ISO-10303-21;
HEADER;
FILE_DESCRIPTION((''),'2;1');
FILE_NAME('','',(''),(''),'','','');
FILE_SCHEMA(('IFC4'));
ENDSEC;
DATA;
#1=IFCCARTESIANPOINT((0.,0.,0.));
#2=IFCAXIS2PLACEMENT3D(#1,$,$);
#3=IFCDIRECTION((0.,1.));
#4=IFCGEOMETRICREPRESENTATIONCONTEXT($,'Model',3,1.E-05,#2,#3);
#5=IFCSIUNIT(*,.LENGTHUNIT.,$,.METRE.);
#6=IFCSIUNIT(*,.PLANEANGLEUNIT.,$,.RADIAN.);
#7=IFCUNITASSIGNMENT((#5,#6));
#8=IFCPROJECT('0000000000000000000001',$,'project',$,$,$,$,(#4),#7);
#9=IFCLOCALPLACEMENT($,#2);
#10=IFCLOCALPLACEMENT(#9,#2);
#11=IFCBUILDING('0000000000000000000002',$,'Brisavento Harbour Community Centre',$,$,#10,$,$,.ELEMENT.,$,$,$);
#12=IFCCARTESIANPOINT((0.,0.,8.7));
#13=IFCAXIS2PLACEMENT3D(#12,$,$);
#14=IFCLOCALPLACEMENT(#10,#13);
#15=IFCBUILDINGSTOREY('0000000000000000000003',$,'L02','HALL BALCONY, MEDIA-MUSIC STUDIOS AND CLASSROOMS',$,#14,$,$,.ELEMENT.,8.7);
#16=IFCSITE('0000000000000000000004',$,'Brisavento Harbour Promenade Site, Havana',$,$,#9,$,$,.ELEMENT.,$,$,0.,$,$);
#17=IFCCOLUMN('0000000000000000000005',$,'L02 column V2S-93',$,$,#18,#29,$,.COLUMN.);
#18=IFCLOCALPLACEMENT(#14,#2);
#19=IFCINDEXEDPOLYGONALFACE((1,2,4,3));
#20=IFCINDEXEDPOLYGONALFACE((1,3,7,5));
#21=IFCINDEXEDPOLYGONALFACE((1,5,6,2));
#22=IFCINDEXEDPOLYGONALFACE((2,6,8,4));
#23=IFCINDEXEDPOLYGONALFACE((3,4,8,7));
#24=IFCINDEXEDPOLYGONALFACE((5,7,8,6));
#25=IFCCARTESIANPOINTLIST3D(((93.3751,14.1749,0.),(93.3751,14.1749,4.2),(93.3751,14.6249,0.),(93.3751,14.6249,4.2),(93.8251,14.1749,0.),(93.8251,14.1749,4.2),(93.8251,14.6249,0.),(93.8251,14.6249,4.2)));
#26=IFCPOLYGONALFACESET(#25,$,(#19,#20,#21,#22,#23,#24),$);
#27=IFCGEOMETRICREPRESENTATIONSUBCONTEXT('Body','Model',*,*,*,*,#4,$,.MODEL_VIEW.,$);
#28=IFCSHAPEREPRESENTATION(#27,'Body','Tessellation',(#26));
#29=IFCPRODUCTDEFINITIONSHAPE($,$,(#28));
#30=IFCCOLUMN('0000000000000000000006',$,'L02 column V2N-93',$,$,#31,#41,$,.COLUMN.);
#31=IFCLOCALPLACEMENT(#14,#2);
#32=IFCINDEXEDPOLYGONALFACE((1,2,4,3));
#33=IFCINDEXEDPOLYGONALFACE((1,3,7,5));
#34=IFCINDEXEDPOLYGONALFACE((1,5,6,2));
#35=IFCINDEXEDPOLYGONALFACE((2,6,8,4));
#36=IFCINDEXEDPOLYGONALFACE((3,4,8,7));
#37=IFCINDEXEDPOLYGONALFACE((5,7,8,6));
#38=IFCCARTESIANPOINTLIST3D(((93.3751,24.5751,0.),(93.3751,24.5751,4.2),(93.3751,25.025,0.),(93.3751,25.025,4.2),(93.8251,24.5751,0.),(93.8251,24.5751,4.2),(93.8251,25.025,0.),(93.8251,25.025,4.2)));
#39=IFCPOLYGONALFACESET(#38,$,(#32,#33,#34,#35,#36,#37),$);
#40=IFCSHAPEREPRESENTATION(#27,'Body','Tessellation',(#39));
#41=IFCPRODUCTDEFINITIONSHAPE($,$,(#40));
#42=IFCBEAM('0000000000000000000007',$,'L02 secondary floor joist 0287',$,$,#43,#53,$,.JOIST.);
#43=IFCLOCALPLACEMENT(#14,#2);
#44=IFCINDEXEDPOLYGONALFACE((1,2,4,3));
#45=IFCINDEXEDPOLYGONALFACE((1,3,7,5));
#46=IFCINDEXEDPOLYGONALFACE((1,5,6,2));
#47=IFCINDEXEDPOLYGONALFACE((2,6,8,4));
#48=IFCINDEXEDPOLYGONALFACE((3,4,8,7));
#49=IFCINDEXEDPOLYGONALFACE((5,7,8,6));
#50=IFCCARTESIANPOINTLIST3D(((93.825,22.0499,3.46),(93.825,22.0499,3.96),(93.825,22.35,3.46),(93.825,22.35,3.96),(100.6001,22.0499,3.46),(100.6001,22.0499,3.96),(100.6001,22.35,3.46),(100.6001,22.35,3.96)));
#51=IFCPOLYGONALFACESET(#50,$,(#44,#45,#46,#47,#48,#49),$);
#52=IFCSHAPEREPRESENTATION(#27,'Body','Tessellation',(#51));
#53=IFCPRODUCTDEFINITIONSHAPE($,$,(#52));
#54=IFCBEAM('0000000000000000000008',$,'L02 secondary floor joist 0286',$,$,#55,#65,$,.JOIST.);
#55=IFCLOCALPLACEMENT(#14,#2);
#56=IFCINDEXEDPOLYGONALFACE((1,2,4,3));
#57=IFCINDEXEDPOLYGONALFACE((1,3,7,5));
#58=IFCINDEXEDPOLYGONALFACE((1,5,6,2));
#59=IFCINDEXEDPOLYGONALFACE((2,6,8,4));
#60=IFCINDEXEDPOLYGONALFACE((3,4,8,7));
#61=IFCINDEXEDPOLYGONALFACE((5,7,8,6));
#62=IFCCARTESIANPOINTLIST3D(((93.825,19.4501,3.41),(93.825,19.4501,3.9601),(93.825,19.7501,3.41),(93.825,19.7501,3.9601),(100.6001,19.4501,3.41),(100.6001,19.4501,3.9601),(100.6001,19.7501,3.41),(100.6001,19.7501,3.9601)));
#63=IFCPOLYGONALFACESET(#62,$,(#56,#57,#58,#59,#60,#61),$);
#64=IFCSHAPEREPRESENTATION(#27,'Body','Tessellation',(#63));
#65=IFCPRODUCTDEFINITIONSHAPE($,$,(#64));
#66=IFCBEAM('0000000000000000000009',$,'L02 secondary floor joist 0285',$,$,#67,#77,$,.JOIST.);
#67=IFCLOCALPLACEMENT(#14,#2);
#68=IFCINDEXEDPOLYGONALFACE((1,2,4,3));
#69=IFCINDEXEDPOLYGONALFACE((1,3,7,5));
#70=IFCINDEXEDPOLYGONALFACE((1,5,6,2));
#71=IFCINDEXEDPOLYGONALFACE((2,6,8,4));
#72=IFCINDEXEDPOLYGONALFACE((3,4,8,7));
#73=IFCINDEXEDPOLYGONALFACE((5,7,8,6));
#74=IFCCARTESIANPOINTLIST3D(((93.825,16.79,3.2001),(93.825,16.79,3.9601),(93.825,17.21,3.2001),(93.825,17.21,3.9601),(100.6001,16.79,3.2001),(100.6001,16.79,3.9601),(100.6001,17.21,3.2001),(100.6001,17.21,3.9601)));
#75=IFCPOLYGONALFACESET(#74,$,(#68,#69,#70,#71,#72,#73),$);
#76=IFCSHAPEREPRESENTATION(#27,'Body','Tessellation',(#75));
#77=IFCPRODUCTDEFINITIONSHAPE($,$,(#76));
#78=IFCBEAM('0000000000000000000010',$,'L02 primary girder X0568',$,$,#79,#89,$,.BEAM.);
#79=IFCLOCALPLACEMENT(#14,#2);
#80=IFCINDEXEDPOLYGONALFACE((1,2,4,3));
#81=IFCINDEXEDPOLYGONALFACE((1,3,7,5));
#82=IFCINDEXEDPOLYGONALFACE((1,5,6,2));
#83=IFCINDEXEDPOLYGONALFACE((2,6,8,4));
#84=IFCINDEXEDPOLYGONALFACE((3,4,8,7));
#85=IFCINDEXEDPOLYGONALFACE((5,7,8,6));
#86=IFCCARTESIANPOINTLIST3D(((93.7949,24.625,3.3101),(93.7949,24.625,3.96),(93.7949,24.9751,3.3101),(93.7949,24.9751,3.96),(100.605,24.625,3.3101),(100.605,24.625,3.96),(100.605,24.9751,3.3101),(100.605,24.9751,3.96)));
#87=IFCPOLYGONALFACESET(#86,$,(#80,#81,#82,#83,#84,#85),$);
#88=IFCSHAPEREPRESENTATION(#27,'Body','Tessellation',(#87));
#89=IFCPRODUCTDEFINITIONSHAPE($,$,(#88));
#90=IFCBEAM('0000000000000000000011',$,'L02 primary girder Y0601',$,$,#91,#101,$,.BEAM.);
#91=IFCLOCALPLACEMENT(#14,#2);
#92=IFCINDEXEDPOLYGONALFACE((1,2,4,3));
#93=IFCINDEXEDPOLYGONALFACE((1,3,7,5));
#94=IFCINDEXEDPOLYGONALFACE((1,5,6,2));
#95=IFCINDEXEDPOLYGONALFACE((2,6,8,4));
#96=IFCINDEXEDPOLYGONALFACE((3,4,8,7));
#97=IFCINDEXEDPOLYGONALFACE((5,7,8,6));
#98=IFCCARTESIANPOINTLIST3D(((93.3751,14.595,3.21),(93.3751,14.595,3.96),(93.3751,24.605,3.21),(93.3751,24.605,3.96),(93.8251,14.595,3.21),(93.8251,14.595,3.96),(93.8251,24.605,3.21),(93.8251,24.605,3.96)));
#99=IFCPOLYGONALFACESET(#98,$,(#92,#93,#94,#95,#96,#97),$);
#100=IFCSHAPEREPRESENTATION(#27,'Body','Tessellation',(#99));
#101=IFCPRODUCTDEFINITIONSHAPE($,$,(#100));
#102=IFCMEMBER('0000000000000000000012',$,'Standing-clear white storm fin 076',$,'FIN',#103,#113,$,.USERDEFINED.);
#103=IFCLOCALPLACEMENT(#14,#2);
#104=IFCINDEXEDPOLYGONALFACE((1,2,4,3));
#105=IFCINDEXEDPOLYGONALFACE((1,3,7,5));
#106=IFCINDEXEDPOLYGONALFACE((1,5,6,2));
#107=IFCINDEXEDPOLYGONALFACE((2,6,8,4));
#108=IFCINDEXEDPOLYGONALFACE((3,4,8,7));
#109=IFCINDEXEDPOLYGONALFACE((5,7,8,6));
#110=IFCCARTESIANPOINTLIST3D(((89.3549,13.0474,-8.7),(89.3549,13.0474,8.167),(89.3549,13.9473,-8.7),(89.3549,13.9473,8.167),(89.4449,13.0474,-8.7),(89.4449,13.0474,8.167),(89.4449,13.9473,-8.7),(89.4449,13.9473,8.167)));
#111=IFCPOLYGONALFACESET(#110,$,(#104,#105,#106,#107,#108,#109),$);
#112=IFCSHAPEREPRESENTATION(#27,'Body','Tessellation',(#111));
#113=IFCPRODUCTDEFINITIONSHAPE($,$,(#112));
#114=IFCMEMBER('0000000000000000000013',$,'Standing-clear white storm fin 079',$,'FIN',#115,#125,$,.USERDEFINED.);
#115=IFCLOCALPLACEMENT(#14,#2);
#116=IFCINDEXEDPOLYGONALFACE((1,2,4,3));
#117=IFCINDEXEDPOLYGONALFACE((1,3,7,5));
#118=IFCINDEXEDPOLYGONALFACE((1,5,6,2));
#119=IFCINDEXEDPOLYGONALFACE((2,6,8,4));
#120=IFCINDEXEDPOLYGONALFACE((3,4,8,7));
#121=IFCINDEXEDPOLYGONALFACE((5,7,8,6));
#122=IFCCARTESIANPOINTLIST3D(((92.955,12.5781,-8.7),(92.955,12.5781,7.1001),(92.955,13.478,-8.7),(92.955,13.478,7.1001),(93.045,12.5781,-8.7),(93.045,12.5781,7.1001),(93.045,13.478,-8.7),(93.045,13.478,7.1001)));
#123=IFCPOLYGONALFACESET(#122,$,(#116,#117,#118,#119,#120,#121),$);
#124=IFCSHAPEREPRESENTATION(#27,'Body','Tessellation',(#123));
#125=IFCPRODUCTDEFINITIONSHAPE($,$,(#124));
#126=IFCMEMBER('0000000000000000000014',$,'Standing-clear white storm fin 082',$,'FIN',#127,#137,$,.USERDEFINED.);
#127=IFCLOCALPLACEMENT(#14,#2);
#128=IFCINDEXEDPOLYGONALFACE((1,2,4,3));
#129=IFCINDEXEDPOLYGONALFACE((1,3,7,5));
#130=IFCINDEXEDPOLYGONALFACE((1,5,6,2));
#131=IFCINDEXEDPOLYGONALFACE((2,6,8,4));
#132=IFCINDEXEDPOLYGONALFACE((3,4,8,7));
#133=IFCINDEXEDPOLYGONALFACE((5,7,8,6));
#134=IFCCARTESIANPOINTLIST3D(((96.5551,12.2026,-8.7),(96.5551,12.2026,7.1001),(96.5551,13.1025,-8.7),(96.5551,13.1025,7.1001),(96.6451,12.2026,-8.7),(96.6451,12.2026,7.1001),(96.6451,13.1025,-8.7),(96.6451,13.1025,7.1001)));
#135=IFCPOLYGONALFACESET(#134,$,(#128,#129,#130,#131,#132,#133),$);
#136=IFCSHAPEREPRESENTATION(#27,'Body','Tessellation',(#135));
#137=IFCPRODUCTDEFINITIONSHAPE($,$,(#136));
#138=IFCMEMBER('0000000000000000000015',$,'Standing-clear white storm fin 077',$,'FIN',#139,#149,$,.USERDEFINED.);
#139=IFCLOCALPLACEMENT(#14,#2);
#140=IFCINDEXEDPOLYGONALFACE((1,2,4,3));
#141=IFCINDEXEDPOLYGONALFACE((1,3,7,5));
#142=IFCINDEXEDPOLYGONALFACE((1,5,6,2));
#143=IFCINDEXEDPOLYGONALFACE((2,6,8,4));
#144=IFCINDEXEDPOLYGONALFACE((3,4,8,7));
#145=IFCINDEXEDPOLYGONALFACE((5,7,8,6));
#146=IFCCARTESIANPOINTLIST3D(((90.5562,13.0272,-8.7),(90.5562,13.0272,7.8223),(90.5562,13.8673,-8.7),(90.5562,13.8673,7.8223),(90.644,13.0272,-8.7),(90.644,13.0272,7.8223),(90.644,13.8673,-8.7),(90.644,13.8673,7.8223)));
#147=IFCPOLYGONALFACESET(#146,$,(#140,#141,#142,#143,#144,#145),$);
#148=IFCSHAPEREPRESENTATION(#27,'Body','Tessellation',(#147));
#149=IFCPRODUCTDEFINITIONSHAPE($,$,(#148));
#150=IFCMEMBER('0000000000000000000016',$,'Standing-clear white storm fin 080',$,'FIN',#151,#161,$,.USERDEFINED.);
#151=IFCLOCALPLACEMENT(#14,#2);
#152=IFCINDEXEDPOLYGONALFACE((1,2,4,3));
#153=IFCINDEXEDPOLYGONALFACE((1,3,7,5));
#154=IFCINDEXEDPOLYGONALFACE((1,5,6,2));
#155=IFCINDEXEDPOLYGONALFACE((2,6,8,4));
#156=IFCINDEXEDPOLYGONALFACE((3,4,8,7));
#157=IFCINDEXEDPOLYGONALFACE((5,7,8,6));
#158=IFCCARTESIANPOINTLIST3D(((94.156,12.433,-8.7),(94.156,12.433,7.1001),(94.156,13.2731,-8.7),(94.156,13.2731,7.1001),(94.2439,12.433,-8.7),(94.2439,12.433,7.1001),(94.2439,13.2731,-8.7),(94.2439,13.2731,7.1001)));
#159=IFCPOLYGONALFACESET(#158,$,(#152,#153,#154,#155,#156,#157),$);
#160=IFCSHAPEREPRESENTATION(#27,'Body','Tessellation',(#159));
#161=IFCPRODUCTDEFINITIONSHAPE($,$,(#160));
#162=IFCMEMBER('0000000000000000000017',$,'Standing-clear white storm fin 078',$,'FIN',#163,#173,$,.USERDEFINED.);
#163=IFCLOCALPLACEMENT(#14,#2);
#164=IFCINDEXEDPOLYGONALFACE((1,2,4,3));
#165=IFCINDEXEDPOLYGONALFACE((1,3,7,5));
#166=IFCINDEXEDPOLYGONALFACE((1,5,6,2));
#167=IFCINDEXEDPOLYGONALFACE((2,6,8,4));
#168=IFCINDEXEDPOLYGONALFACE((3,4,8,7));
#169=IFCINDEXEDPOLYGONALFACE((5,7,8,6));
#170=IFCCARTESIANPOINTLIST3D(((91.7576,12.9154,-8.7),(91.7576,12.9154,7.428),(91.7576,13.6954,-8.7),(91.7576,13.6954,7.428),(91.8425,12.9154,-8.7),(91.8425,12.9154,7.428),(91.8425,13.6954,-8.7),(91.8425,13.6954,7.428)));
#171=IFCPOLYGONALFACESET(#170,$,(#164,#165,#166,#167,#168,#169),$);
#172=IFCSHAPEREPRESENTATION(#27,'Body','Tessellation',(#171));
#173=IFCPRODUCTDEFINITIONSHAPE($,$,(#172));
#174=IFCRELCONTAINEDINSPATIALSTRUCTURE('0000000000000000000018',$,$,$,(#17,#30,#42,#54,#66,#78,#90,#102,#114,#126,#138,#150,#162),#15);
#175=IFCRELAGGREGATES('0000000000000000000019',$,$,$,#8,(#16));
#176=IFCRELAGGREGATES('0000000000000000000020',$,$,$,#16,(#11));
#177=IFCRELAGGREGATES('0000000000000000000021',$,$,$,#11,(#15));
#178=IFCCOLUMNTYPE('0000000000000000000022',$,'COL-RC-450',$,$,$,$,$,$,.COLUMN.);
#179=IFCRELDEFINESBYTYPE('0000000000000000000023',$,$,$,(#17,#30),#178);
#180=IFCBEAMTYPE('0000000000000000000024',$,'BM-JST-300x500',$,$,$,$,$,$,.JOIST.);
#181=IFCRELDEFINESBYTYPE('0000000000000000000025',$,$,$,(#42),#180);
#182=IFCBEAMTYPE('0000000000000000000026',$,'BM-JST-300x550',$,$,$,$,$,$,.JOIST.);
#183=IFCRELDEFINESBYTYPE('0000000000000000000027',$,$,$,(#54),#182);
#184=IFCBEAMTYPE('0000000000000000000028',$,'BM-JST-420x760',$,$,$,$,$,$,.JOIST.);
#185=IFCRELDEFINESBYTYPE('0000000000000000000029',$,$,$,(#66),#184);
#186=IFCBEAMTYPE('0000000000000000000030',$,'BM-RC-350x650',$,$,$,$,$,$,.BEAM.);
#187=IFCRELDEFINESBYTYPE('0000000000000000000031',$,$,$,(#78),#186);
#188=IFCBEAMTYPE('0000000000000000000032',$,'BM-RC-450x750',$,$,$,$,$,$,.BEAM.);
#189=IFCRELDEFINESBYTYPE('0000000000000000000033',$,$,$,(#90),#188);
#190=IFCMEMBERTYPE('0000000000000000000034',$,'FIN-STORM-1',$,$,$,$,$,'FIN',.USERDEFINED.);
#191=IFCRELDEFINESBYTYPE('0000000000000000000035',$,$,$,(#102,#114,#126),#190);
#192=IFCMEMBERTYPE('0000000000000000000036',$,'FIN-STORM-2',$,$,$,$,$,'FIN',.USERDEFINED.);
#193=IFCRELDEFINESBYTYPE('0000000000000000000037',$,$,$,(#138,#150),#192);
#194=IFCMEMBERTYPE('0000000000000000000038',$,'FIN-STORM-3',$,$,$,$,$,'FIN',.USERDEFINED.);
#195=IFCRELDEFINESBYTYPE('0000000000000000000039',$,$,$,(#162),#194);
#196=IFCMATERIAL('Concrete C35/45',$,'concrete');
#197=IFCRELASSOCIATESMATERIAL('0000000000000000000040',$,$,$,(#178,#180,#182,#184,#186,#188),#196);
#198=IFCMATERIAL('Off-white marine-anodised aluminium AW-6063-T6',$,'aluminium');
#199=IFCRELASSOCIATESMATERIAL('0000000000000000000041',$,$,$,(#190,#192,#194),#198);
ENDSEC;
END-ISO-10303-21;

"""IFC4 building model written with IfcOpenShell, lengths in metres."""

from ifc_helpers import new_model, si_unit, direction, frame, origin, origin_2d, place, context, subcontext, project, spatial, rectangle, extrude, material, material_profile, profile_set, type_object, element, save


model = new_model("IFC4")

# Units and contexts
model_context = context("Model", 3, precision=1e-05, world=origin(), true_north=direction((0.0, 1.0)))
body_context = subcontext(model_context, "Body", "Model", "MODEL_VIEW")
ifc_project = project(units=[si_unit("LENGTHUNIT", "METRE"), si_unit("PLANEANGLEUNIT", "RADIAN")], contexts=[model_context])

# Site, building, storey
site_placement = place(None, origin())
site = spatial("IfcSite", under=ifc_project, at=site_placement, Name="Brisavento Harbour Promenade Site, Havana", CompositionType="ELEMENT", RefElevation=0.0)
building_placement = place(site_placement, origin())
building = spatial("IfcBuilding", under=site, at=building_placement, Name="Brisavento Harbour Community Centre", CompositionType="ELEMENT")
storey_placement = place(building_placement, frame((0.0, 0.0, 8.7)))
storey = spatial("IfcBuildingStorey", under=building, at=storey_placement, Name="L02", Description="HALL BALCONY, MEDIA-MUSIC STUDIOS AND CLASSROOMS", CompositionType="ELEMENT", Elevation=8.7)

# Columns
ifc_material_1 = material(Name="Concrete C35/45", Category="concrete")
ifc_material_profile_1 = material_profile(ifc_material_1, rectangle(XDim=0.45, YDim=0.45, at=origin_2d()), Name="Concrete C35/45")
ifc_profile_set_1 = profile_set([ifc_material_profile_1], Name="Concrete C35/45")
column_type = type_object("IfcColumnType", Name="COL-RC-450", PredefinedType="COLUMN", material=ifc_profile_set_1)
for number, where, z_axis, x_axis, name in (
    (1, (93.6001, 14.3999, 0.0), (0.0, 0.0, 1.0), (1.0, 0.0, 0.0), "L02 column V2S-93"),
    (2, (93.6001, 24.8, 0.0), (0.0, 0.0, 1.0), (1.0, 0.0, 0.0), "L02 column V2N-93"),
):
    element("IfcColumn", number, at=place(storey_placement, frame(where, z_axis=z_axis, x_axis=x_axis)), inside=storey, type_object=column_type, Name=name, PredefinedType="COLUMN", context=body_context, shape_type="SweptSolid", body=[
        extrude(rectangle(XDim=0.45, YDim=0.45, at=origin_2d()), origin(), (0.0, 0.0, 1.0), 4.2),
    ])

# Beams
ifc_material_profile_2 = material_profile(ifc_material_1, rectangle(XDim=0.3, YDim=0.5, at=origin_2d()), Name="Concrete C35/45")
ifc_profile_set_2 = profile_set([ifc_material_profile_2], Name="Concrete C35/45")
beam_type_1 = type_object("IfcBeamType", Name="BM-JST-300x500", PredefinedType="JOIST", material=ifc_profile_set_2)
beam_1_placement = place(storey_placement, frame((93.825, 22.2, 3.71), z_axis=(1.0, 0.0, 0.0), x_axis=(0.0, 1.0, 0.0)))
element("IfcBeam", 3, at=beam_1_placement, inside=storey, type_object=beam_type_1, Name="L02 secondary floor joist 0287", PredefinedType="JOIST", context=body_context, shape_type="SweptSolid", body=[
    extrude(rectangle(XDim=0.3, YDim=0.5, at=origin_2d()), origin(), (0.0, 0.0, 1.0), 6.7751),
])
ifc_material_profile_3 = material_profile(ifc_material_1, rectangle(XDim=0.3, YDim=0.55, at=origin_2d()), Name="Concrete C35/45")
ifc_profile_set_3 = profile_set([ifc_material_profile_3], Name="Concrete C35/45")
beam_type_2 = type_object("IfcBeamType", Name="BM-JST-300x550", PredefinedType="JOIST", material=ifc_profile_set_3)
beam_2_placement = place(storey_placement, frame((93.825, 19.6001, 3.6851), z_axis=(1.0, 0.0, 0.0), x_axis=(0.0, 1.0, 0.0)))
element("IfcBeam", 4, at=beam_2_placement, inside=storey, type_object=beam_type_2, Name="L02 secondary floor joist 0286", PredefinedType="JOIST", context=body_context, shape_type="SweptSolid", body=[
    extrude(rectangle(XDim=0.3, YDim=0.55, at=origin_2d()), origin(), (0.0, 0.0, 1.0), 6.7751),
])
ifc_material_profile_4 = material_profile(ifc_material_1, rectangle(XDim=0.4199, YDim=0.76, at=origin_2d()), Name="Concrete C35/45")
ifc_profile_set_4 = profile_set([ifc_material_profile_4], Name="Concrete C35/45")
beam_type_3 = type_object("IfcBeamType", Name="BM-JST-420x760", PredefinedType="JOIST", material=ifc_profile_set_4)
beam_3_placement = place(storey_placement, frame((93.825, 17.0, 3.5801), z_axis=(1.0, 0.0, 0.0), x_axis=(0.0, 1.0, 0.0)))
element("IfcBeam", 5, at=beam_3_placement, inside=storey, type_object=beam_type_3, Name="L02 secondary floor joist 0285", PredefinedType="JOIST", context=body_context, shape_type="SweptSolid", body=[
    extrude(rectangle(XDim=0.4199, YDim=0.76, at=origin_2d()), origin(), (0.0, 0.0, 1.0), 6.7751),
])
ifc_material_profile_5 = material_profile(ifc_material_1, rectangle(XDim=0.3501, YDim=0.6499, at=origin_2d()), Name="Concrete C35/45")
ifc_profile_set_5 = profile_set([ifc_material_profile_5], Name="Concrete C35/45")
beam_type_4 = type_object("IfcBeamType", Name="BM-RC-350x650", PredefinedType="BEAM", material=ifc_profile_set_5)
beam_4_placement = place(storey_placement, frame((93.7949, 24.8, 3.635), z_axis=(1.0, 0.0, 0.0), x_axis=(0.0, 1.0, 0.0)))
element("IfcBeam", 6, at=beam_4_placement, inside=storey, type_object=beam_type_4, Name="L02 primary girder X0568", PredefinedType="BEAM", context=body_context, shape_type="SweptSolid", body=[
    extrude(rectangle(XDim=0.3501, YDim=0.6499, at=origin_2d()), origin(), (0.0, 0.0, 1.0), 6.8101),
])
ifc_material_profile_6 = material_profile(ifc_material_1, rectangle(XDim=0.45, YDim=0.75, at=origin_2d()), Name="Concrete C35/45")
ifc_profile_set_6 = profile_set([ifc_material_profile_6], Name="Concrete C35/45")
beam_type_5 = type_object("IfcBeamType", Name="BM-RC-450x750", PredefinedType="BEAM", material=ifc_profile_set_6)
beam_5_placement = place(storey_placement, frame((93.6001, 14.595, 3.585), z_axis=(0.0, 1.0, 0.0), x_axis=(-1.0, 0.0, 0.0)))
element("IfcBeam", 7, at=beam_5_placement, inside=storey, type_object=beam_type_5, Name="L02 primary girder Y0601", PredefinedType="BEAM", context=body_context, shape_type="SweptSolid", body=[
    extrude(rectangle(XDim=0.45, YDim=0.75, at=origin_2d()), origin(), (0.0, 0.0, 1.0), 10.01),
])

# Members
ifc_material_2 = material(Name="Off-white marine-anodised aluminium AW-6063-T6", Category="aluminium")
ifc_material_profile_7 = material_profile(ifc_material_2, rectangle(XDim=0.0901, YDim=0.8999, at=origin_2d()), Name="Off-white marine-anodised aluminium AW-6063-T6")
ifc_profile_set_7 = profile_set([ifc_material_profile_7], Name="Off-white marine-anodised aluminium AW-6063-T6")
member_type_1 = type_object("IfcMemberType", Name="FIN-STORM-1", ElementType="FIN", PredefinedType="USERDEFINED", material=ifc_profile_set_7)
member_1_placement = place(storey_placement, frame((89.3999, 13.4973, -8.7), z_axis=(0.0, 0.0, 1.0), x_axis=(-1.0, 0.0, 0.0)))
element("IfcMember", 8, at=member_1_placement, inside=storey, type_object=member_type_1, Name="Standing-clear white storm fin 076", ObjectType="FIN", PredefinedType="USERDEFINED", context=body_context, shape_type="SweptSolid", body=[
    extrude(rectangle(XDim=0.0901, YDim=0.8999, at=origin_2d()), origin(), (0.0, 0.0, 1.0), 16.8669),
])
for number, where, z_axis, x_axis, name in (
    (9, (93.0, 13.0281, -8.7), (0.0, 0.0, 1.0), (-1.0, 0.0, 0.0), "Standing-clear white storm fin 079"),
    (10, (96.6001, 12.6526, -8.7), (0.0, 0.0, 1.0), (-1.0, 0.0, 0.0), "Standing-clear white storm fin 082"),
):
    element("IfcMember", number, at=place(storey_placement, frame(where, z_axis=z_axis, x_axis=x_axis)), inside=storey, type_object=member_type_1, Name=name, ObjectType="FIN", PredefinedType="USERDEFINED", context=body_context, shape_type="SweptSolid", body=[
        extrude(rectangle(XDim=0.0901, YDim=0.8999, at=origin_2d()), origin(), (0.0, 0.0, 1.0), 15.8),
    ])
ifc_material_profile_8 = material_profile(ifc_material_2, rectangle(XDim=0.0879, YDim=0.8401, at=origin_2d()), Name="Off-white marine-anodised aluminium AW-6063-T6")
ifc_profile_set_8 = profile_set([ifc_material_profile_8], Name="Off-white marine-anodised aluminium AW-6063-T6")
member_type_2 = type_object("IfcMemberType", Name="FIN-STORM-2", ElementType="FIN", PredefinedType="USERDEFINED", material=ifc_profile_set_8)
member_2_placement = place(storey_placement, frame((90.6001, 13.4473, -8.7), z_axis=(0.0, 0.0, 1.0), x_axis=(-1.0, 0.0, 0.0)))
element("IfcMember", 11, at=member_2_placement, inside=storey, type_object=member_type_2, Name="Standing-clear white storm fin 077", ObjectType="FIN", PredefinedType="USERDEFINED", context=body_context, shape_type="SweptSolid", body=[
    extrude(rectangle(XDim=0.0879, YDim=0.8401, at=origin_2d()), origin(), (0.0, 0.0, 1.0), 16.5222),
])
member_3_placement = place(storey_placement, frame((94.2, 12.853, -8.7), z_axis=(0.0, 0.0, 1.0), x_axis=(-1.0, 0.0, 0.0)))
element("IfcMember", 12, at=member_3_placement, inside=storey, type_object=member_type_2, Name="Standing-clear white storm fin 080", ObjectType="FIN", PredefinedType="USERDEFINED", context=body_context, shape_type="SweptSolid", body=[
    extrude(rectangle(XDim=0.0879, YDim=0.8401, at=origin_2d()), origin(), (0.0, 0.0, 1.0), 15.8),
])
ifc_material_profile_9 = material_profile(ifc_material_2, rectangle(XDim=0.085, YDim=0.78, at=origin_2d()), Name="Off-white marine-anodised aluminium AW-6063-T6")
ifc_profile_set_9 = profile_set([ifc_material_profile_9], Name="Off-white marine-anodised aluminium AW-6063-T6")
member_type_3 = type_object("IfcMemberType", Name="FIN-STORM-3", ElementType="FIN", PredefinedType="USERDEFINED", material=ifc_profile_set_9)
member_4_placement = place(storey_placement, frame((91.8, 13.3054, -8.7), z_axis=(0.0, 0.0, 1.0), x_axis=(-1.0, 0.0, 0.0)))
element("IfcMember", 13, at=member_4_placement, inside=storey, type_object=member_type_3, Name="Standing-clear white storm fin 078", ObjectType="FIN", PredefinedType="USERDEFINED", context=body_context, shape_type="SweptSolid", body=[
    extrude(rectangle(XDim=0.085, YDim=0.78, at=origin_2d()), origin(), (0.0, 0.0, 1.0), 16.1279),
])

save(model, "model.ifc")
